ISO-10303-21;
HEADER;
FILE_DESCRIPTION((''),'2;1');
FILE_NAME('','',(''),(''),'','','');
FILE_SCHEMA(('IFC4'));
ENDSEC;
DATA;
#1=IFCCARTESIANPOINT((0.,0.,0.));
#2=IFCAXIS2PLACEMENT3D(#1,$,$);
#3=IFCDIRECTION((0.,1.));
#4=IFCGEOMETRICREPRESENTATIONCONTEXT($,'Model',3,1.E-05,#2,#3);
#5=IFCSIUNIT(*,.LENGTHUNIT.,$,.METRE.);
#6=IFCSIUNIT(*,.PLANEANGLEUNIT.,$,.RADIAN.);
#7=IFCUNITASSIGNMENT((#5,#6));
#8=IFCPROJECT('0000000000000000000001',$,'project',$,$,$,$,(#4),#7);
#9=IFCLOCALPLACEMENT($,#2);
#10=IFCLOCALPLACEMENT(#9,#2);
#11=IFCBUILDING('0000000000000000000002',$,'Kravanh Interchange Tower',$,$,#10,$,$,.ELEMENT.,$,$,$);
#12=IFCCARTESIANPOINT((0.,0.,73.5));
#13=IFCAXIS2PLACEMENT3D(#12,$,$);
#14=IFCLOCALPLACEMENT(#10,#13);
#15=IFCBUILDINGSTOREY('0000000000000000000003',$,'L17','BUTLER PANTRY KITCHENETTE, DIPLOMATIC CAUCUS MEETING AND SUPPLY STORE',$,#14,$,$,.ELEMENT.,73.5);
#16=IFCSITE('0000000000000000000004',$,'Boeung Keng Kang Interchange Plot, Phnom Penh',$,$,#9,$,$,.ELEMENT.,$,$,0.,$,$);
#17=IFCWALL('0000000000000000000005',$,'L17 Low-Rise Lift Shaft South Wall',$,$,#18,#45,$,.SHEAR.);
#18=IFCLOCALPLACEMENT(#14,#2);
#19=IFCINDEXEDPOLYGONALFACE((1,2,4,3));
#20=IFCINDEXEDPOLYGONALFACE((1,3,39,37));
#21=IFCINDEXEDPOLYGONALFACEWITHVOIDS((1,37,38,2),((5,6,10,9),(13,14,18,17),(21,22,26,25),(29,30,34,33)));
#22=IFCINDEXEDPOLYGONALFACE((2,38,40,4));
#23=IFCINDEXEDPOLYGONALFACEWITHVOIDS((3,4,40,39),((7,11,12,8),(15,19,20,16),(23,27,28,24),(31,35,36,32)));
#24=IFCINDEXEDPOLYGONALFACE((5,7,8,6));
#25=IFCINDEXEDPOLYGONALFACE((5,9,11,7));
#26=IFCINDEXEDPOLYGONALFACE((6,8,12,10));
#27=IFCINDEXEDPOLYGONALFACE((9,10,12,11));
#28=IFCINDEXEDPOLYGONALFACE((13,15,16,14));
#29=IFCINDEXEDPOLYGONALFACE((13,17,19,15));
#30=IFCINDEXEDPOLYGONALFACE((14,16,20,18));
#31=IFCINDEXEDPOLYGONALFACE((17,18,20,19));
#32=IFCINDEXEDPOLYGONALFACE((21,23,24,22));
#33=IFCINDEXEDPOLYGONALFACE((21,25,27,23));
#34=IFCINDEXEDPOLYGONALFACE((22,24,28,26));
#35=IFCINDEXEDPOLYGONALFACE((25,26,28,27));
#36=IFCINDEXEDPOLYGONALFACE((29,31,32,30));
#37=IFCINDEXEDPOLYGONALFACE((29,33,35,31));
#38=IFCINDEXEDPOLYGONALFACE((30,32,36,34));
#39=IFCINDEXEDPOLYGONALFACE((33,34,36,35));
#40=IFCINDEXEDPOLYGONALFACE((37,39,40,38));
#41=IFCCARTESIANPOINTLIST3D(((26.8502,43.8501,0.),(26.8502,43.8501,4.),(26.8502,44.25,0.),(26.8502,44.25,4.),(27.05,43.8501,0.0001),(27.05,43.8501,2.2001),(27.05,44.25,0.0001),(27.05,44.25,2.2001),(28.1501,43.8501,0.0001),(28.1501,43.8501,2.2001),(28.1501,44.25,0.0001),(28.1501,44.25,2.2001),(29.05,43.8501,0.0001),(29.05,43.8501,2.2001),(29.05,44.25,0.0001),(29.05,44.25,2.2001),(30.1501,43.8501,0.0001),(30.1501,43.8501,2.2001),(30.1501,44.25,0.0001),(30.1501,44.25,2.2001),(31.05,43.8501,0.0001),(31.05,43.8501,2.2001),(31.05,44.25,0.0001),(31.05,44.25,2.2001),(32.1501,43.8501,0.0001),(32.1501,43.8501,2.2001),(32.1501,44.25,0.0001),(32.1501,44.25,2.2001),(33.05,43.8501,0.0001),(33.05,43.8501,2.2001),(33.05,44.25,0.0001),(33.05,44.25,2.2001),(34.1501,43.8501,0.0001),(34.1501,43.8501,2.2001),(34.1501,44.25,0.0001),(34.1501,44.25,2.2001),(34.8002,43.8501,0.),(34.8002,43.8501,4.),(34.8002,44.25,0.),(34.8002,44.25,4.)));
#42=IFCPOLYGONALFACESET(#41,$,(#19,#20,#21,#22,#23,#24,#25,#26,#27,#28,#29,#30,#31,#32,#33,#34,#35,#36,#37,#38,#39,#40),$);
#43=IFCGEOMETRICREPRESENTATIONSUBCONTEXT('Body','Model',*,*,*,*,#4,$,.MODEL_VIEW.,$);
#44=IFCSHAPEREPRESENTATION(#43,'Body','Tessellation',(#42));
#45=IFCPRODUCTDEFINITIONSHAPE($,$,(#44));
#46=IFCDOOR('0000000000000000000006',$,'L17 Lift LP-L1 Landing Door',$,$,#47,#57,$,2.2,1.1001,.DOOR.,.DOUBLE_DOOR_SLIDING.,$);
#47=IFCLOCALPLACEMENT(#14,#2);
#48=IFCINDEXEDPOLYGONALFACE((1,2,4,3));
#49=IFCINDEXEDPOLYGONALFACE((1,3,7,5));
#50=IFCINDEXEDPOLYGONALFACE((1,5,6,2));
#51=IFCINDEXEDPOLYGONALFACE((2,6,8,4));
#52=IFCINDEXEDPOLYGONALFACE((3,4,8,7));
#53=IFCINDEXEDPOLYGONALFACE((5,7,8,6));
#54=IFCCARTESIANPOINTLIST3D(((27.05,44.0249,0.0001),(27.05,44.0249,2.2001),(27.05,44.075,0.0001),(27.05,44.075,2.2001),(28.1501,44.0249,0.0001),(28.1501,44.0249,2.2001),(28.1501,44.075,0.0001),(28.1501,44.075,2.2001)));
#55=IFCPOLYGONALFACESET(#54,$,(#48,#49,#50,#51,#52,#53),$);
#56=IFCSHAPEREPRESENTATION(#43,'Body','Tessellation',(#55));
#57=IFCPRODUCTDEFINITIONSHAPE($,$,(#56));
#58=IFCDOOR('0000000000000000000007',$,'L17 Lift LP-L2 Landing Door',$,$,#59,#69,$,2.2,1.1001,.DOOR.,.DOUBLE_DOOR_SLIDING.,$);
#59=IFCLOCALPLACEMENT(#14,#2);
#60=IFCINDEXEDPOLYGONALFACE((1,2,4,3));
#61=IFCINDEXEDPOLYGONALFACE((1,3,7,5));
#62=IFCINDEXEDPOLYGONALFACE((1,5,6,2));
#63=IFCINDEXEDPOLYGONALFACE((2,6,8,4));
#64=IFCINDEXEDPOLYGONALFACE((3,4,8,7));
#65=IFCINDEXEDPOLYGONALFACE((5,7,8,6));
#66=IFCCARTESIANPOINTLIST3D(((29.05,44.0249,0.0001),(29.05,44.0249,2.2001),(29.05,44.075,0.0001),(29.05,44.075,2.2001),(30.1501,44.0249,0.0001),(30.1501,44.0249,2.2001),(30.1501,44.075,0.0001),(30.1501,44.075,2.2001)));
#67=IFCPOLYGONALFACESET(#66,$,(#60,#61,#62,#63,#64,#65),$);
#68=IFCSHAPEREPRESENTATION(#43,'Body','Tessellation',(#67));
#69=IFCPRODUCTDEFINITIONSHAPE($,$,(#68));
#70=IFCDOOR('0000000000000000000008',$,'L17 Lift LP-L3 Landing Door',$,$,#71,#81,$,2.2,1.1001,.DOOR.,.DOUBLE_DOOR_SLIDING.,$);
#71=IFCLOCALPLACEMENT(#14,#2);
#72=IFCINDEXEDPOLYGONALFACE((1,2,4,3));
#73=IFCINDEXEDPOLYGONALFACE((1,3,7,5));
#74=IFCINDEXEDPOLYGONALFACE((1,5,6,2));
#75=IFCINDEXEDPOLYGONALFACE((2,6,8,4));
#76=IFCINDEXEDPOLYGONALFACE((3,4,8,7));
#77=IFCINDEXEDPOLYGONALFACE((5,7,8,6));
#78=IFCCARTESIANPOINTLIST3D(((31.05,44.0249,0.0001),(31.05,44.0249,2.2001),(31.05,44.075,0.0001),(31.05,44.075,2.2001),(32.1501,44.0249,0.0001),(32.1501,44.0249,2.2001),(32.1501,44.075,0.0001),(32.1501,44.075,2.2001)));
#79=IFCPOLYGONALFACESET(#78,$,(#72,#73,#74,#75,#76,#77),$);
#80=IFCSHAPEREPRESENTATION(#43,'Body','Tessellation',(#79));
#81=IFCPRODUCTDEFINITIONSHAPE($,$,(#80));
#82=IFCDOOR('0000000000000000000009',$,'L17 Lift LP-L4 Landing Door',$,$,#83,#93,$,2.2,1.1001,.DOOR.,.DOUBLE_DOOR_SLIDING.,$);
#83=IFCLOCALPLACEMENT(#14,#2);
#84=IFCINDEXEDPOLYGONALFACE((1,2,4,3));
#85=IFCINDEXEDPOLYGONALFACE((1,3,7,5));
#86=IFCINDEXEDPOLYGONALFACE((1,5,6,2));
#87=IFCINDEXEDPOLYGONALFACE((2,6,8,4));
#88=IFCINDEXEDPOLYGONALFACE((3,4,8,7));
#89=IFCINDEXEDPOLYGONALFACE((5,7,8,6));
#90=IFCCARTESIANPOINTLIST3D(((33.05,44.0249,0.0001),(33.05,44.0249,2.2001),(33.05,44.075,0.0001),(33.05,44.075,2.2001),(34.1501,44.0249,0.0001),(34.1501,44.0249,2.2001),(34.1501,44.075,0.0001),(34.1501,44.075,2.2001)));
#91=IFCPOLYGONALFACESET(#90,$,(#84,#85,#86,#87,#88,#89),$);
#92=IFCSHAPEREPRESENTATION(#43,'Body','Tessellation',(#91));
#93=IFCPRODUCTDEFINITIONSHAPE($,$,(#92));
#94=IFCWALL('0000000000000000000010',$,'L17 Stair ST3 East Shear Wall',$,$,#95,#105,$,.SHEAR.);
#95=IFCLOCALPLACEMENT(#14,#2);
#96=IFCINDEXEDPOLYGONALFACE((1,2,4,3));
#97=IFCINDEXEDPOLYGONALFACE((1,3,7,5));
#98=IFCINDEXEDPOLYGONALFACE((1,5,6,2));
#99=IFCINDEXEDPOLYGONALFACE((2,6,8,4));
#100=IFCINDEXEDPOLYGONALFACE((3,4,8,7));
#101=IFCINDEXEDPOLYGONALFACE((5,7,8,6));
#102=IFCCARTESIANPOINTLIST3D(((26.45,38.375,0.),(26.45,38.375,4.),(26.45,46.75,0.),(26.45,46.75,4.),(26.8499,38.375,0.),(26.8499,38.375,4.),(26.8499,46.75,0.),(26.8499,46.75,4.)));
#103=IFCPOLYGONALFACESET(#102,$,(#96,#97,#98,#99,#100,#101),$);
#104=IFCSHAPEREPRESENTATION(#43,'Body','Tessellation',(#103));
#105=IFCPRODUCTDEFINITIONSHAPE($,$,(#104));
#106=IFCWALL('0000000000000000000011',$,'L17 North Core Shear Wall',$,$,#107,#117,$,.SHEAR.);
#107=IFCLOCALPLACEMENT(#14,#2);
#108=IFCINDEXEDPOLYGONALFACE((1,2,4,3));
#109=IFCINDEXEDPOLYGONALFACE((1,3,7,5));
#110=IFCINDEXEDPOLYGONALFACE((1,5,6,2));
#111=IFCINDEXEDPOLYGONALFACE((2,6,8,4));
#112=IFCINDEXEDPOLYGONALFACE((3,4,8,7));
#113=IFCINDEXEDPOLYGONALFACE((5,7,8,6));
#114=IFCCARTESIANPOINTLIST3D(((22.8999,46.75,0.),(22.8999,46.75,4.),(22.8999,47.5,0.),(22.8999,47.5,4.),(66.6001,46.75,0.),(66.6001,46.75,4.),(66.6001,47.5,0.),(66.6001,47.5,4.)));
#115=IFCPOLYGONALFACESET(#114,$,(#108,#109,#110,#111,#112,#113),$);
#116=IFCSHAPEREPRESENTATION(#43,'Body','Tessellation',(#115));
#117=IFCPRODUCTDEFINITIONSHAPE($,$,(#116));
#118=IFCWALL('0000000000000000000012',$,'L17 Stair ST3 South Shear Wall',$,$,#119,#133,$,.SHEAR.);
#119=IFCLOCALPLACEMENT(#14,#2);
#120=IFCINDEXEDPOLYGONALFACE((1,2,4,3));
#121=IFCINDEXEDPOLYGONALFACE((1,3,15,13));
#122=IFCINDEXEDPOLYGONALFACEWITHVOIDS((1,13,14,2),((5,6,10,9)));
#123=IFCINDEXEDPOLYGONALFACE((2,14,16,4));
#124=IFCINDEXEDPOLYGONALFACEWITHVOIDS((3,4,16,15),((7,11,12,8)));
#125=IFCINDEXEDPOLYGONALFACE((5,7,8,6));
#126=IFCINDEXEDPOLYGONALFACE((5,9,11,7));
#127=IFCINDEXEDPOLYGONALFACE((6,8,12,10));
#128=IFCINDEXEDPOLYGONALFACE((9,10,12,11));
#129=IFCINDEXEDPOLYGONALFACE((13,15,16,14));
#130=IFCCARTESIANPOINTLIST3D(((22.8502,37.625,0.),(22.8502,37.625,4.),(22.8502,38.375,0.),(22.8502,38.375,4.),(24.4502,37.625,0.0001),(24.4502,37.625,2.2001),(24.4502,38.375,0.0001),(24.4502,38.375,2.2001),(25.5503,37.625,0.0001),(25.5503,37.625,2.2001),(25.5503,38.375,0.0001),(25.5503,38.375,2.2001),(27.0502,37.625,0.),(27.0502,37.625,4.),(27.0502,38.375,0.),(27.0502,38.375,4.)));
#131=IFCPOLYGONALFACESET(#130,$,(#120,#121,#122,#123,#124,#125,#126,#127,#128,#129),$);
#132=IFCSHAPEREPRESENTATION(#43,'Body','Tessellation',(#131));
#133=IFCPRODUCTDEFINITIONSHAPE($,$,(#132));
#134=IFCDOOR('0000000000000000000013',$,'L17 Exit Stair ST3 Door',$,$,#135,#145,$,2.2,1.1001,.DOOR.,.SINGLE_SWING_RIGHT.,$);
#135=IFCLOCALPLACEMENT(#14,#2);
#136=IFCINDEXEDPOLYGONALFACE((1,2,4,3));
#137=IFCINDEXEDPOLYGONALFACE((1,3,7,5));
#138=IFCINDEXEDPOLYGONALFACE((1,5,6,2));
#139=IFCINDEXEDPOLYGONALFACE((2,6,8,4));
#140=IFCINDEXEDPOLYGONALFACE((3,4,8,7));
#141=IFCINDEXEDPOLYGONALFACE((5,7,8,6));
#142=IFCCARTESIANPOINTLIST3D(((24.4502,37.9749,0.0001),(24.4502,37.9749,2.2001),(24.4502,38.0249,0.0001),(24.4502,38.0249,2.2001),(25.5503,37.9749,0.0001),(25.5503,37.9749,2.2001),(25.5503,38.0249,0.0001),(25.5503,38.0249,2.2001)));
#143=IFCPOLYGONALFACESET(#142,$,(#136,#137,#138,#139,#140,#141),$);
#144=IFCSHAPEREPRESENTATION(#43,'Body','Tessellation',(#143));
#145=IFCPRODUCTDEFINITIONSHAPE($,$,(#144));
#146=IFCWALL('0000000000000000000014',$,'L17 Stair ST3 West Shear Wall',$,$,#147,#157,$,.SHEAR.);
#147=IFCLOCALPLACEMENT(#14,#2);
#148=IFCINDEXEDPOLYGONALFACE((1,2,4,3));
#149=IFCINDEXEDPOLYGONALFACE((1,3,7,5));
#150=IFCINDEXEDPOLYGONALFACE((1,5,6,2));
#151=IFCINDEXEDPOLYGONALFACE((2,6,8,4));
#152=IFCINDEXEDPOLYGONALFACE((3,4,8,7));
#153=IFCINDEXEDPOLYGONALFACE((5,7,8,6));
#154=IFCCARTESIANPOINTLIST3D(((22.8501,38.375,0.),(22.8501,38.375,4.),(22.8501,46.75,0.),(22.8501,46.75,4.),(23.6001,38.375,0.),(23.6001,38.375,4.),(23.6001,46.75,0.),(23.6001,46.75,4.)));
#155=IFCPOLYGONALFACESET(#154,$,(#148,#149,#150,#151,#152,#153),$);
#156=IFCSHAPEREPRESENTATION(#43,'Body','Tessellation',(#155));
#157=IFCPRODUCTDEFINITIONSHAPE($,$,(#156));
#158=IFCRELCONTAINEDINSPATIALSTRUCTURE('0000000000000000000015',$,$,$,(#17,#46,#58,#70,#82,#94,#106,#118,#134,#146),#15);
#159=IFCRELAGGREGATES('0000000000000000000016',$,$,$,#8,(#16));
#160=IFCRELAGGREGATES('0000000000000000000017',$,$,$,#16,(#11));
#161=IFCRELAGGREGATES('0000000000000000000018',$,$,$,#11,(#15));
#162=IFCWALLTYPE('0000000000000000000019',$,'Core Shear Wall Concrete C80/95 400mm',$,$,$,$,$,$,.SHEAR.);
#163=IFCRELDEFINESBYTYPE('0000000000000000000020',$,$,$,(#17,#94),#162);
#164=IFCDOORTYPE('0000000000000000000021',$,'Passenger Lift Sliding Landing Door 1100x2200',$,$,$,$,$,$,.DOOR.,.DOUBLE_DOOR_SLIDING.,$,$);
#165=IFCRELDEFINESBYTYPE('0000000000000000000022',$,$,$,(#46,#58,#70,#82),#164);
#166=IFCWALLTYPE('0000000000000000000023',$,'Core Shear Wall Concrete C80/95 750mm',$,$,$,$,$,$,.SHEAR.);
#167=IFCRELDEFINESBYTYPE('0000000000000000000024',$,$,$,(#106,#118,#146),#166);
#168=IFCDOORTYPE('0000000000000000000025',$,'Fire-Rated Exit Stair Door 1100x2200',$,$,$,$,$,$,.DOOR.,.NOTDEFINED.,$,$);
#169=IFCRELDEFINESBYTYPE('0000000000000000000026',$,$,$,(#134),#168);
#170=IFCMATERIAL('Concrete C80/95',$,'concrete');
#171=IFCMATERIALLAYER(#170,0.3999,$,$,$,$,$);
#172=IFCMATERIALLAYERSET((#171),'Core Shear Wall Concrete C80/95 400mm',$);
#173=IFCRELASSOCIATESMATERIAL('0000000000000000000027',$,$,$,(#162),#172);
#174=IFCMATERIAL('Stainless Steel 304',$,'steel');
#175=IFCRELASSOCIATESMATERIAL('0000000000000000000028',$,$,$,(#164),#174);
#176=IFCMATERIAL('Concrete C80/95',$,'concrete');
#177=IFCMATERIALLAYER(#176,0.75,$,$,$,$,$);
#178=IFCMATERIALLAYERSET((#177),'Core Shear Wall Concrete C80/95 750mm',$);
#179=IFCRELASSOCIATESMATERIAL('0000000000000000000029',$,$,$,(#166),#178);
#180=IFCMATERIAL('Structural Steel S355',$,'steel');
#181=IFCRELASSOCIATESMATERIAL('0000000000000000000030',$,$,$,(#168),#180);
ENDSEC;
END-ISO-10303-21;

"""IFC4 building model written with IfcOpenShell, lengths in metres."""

from ifc_helpers import new_model, si_unit, direction, frame, frame_2d, origin, place, context, subcontext, project, spatial, rectangle, extrude, material, layer, layer_set, type_object, element, fill, save


model = new_model("IFC4")

# Units and contexts
model_context = context("Model", 3, precision=1e-05, world=origin(), true_north=direction((0.0, 1.0)))
body_context = subcontext(model_context, "Body", "Model", "MODEL_VIEW")
ifc_project = project(units=[si_unit("LENGTHUNIT", "METRE"), si_unit("PLANEANGLEUNIT", "RADIAN")], contexts=[model_context])

# Site, building, storey
site_placement = place(None, origin())
site = spatial("IfcSite", under=ifc_project, at=site_placement, Name="Boeung Keng Kang Interchange Plot, Phnom Penh", CompositionType="ELEMENT", RefElevation=0.0)
building_placement = place(site_placement, origin())
building = spatial("IfcBuilding", under=site, at=building_placement, Name="Kravanh Interchange Tower", CompositionType="ELEMENT")
storey_placement = place(building_placement, frame((0.0, 0.0, 73.5)))
storey = spatial("IfcBuildingStorey", under=building, at=storey_placement, Name="L17", Description="BUTLER PANTRY KITCHENETTE, DIPLOMATIC CAUCUS MEETING AND SUPPLY STORE", CompositionType="ELEMENT", Elevation=73.5)

# Wall, openings, doors
ifc_material_1 = material(Name="Concrete C80/95", Category="concrete")
ifc_layer_1 = layer(ifc_material_1, 0.3999)
ifc_layer_set_1 = layer_set([ifc_layer_1], Name="Core Shear Wall Concrete C80/95 400mm")
wall_type_1 = type_object("IfcWallType", Name="Core Shear Wall Concrete C80/95 400mm", PredefinedType="SHEAR", material=ifc_layer_set_1)
wall_1_placement = place(storey_placement, frame((26.8501, 44.05, 0.0), z_axis=(0.0, 0.0, 1.0), x_axis=(1.0, 0.0, 0.0)))
wall_1 = element("IfcWall", 1, at=wall_1_placement, inside=storey, type_object=wall_type_1, Name="L17 Low-Rise Lift Shaft South Wall", PredefinedType="SHEAR", context=body_context, shape_type="SweptSolid", body=[
    extrude(rectangle(XDim=7.95, YDim=0.3999, at=frame_2d((3.9751, 0.0))), origin(), (0.0, 0.0, 1.0), 4.0),
])
opening_1_placement = place(wall_1_placement, frame((0.2, 0.0, 0.0)))
opening_1 = element("IfcOpeningElement", 2, at=opening_1_placement, cuts=wall_1, PredefinedType="OPENING", context=body_context, shape_type="SweptSolid", body=[
    extrude(rectangle(XDim=1.1001, YDim=2.2, at=frame_2d((0.55, 1.1001))), frame((0.0, 0.21, 0.0), z_axis=(0.0, -1.0, 0.0), x_axis=(1.0, 0.0, 0.0)), (0.0, 0.0, 1.0), 0.4199),
])
opening_2_placement = place(wall_1_placement, frame((2.2, 0.0, 0.0)))
opening_2 = element("IfcOpeningElement", 3, at=opening_2_placement, cuts=wall_1, PredefinedType="OPENING", context=body_context, shape_type="SweptSolid", body=[
    extrude(rectangle(XDim=1.1001, YDim=2.2, at=frame_2d((0.55, 1.1001))), frame((0.0, 0.21, 0.0), z_axis=(0.0, -1.0, 0.0), x_axis=(1.0, 0.0, 0.0)), (0.0, 0.0, 1.0), 0.4199),
])
opening_3_placement = place(wall_1_placement, frame((4.2, 0.0, 0.0)))
opening_3 = element("IfcOpeningElement", 4, at=opening_3_placement, cuts=wall_1, PredefinedType="OPENING", context=body_context, shape_type="SweptSolid", body=[
    extrude(rectangle(XDim=1.1001, YDim=2.2, at=frame_2d((0.55, 1.1001))), frame((0.0, 0.21, 0.0), z_axis=(0.0, -1.0, 0.0), x_axis=(1.0, 0.0, 0.0)), (0.0, 0.0, 1.0), 0.4199),
])
opening_4_placement = place(wall_1_placement, frame((6.2, 0.0, 0.0)))
opening_4 = element("IfcOpeningElement", 5, at=opening_4_placement, cuts=wall_1, PredefinedType="OPENING", context=body_context, shape_type="SweptSolid", body=[
    extrude(rectangle(XDim=1.1001, YDim=2.2, at=frame_2d((0.55, 1.1001))), frame((0.0, 0.21, 0.0), z_axis=(0.0, -1.0, 0.0), x_axis=(1.0, 0.0, 0.0)), (0.0, 0.0, 1.0), 0.4199),
])
ifc_material_2 = material(Name="Stainless Steel 304", Category="steel")
door_type_1 = type_object("IfcDoorType", Name="Passenger Lift Sliding Landing Door 1100x2200", OperationType="DOUBLE_DOOR_SLIDING", PredefinedType="DOOR", material=ifc_material_2)
door_1_placement = place(opening_1_placement, origin())
door_1 = element("IfcDoor", 6, at=door_1_placement, inside=storey, type_object=door_type_1, Name="L17 Lift LP-L1 Landing Door", OperationType="DOUBLE_DOOR_SLIDING", OverallHeight=2.2, OverallWidth=1.1001, PredefinedType="DOOR", context=body_context, shape_type="SweptSolid", body=[
    extrude(rectangle(XDim=1.1001, YDim=2.2, at=frame_2d((0.55, 1.1001))), frame((0.0, 0.0249, 0.0), z_axis=(0.0, -1.0, 0.0), x_axis=(1.0, 0.0, 0.0)), (0.0, 0.0, 1.0), 0.05),
])
fill(opening_1, door_1)
door_2_placement = place(opening_2_placement, origin())
door_2 = element("IfcDoor", 7, at=door_2_placement, inside=storey, type_object=door_type_1, Name="L17 Lift LP-L2 Landing Door", OperationType="DOUBLE_DOOR_SLIDING", OverallHeight=2.2, OverallWidth=1.1001, PredefinedType="DOOR", context=body_context, shape_type="SweptSolid", body=[
    extrude(rectangle(XDim=1.1001, YDim=2.2, at=frame_2d((0.55, 1.1001))), frame((0.0, 0.0249, 0.0), z_axis=(0.0, -1.0, 0.0), x_axis=(1.0, 0.0, 0.0)), (0.0, 0.0, 1.0), 0.05),
])
fill(opening_2, door_2)
door_3_placement = place(opening_3_placement, origin())
door_3 = element("IfcDoor", 8, at=door_3_placement, inside=storey, type_object=door_type_1, Name="L17 Lift LP-L3 Landing Door", OperationType="DOUBLE_DOOR_SLIDING", OverallHeight=2.2, OverallWidth=1.1001, PredefinedType="DOOR", context=body_context, shape_type="SweptSolid", body=[
    extrude(rectangle(XDim=1.1001, YDim=2.2, at=frame_2d((0.55, 1.1001))), frame((0.0, 0.0249, 0.0), z_axis=(0.0, -1.0, 0.0), x_axis=(1.0, 0.0, 0.0)), (0.0, 0.0, 1.0), 0.05),
])
fill(opening_3, door_3)
door_4_placement = place(opening_4_placement, origin())
door_4 = element("IfcDoor", 9, at=door_4_placement, inside=storey, type_object=door_type_1, Name="L17 Lift LP-L4 Landing Door", OperationType="DOUBLE_DOOR_SLIDING", OverallHeight=2.2, OverallWidth=1.1001, PredefinedType="DOOR", context=body_context, shape_type="SweptSolid", body=[
    extrude(rectangle(XDim=1.1001, YDim=2.2, at=frame_2d((0.55, 1.1001))), frame((0.0, 0.0249, 0.0), z_axis=(0.0, -1.0, 0.0), x_axis=(1.0, 0.0, 0.0)), (0.0, 0.0, 1.0), 0.05),
])
fill(opening_4, door_4)

# Walls
wall_2_placement = place(storey_placement, frame((26.6499, 38.375, 0.0), z_axis=(0.0, 0.0, 1.0), x_axis=(0.0, 1.0, 0.0)))
element("IfcWall", 10, at=wall_2_placement, inside=storey, type_object=wall_type_1, Name="L17 Stair ST3 East Shear Wall", PredefinedType="SHEAR", context=body_context, shape_type="SweptSolid", body=[
    extrude(rectangle(XDim=8.375, YDim=0.3999, at=frame_2d((4.1875, 0.0))), origin(), (0.0, 0.0, 1.0), 4.0),
])
ifc_material_3 = material(Name="Concrete C80/95", Category="concrete")
ifc_layer_2 = layer(ifc_material_3, 0.75)
ifc_layer_set_2 = layer_set([ifc_layer_2], Name="Core Shear Wall Concrete C80/95 750mm")
wall_type_2 = type_object("IfcWallType", Name="Core Shear Wall Concrete C80/95 750mm", PredefinedType="SHEAR", material=ifc_layer_set_2)
wall_3_placement = place(storey_placement, frame((22.8999, 47.125, 0.0), z_axis=(0.0, 0.0, 1.0), x_axis=(1.0, 0.0, 0.0)))
element("IfcWall", 11, at=wall_3_placement, inside=storey, type_object=wall_type_2, Name="L17 North Core Shear Wall", PredefinedType="SHEAR", context=body_context, shape_type="SweptSolid", body=[
    extrude(rectangle(XDim=43.7002, YDim=0.75, at=frame_2d((21.8501, 0.0))), origin(), (0.0, 0.0, 1.0), 4.0),
])

# Wall, opening, door
wall_4_placement = place(storey_placement, frame((22.8501, 38.0, 0.0), z_axis=(0.0, 0.0, 1.0), x_axis=(1.0, 0.0, 0.0)))
wall_4 = element("IfcWall", 12, at=wall_4_placement, inside=storey, type_object=wall_type_2, Name="L17 Stair ST3 South Shear Wall", PredefinedType="SHEAR", context=body_context, shape_type="SweptSolid", body=[
    extrude(rectangle(XDim=4.2, YDim=0.75, at=frame_2d((2.1001, 0.0))), origin(), (0.0, 0.0, 1.0), 4.0),
])
opening_5_placement = place(wall_4_placement, frame((1.6001, 0.0, 0.0)))
opening_5 = element("IfcOpeningElement", 13, at=opening_5_placement, cuts=wall_4, PredefinedType="OPENING", context=body_context, shape_type="SweptSolid", body=[
    extrude(rectangle(XDim=1.1001, YDim=2.2, at=frame_2d((0.55, 1.1001))), frame((0.0, 0.385, 0.0), z_axis=(0.0, -1.0, 0.0), x_axis=(1.0, 0.0, 0.0)), (0.0, 0.0, 1.0), 0.77),
])
ifc_material_4 = material(Name="Structural Steel S355", Category="steel")
door_type_2 = type_object("IfcDoorType", Name="Fire-Rated Exit Stair Door 1100x2200", OperationType="NOTDEFINED", PredefinedType="DOOR", material=ifc_material_4)
door_5_placement = place(opening_5_placement, origin())
door_5 = element("IfcDoor", 14, at=door_5_placement, inside=storey, type_object=door_type_2, Name="L17 Exit Stair ST3 Door", OperationType="SINGLE_SWING_RIGHT", OverallHeight=2.2, OverallWidth=1.1001, PredefinedType="DOOR", context=body_context, shape_type="SweptSolid", body=[
    extrude(rectangle(XDim=1.1001, YDim=2.2, at=frame_2d((0.55, 1.1001))), frame((0.0, 0.0249, 0.0), z_axis=(0.0, -1.0, 0.0), x_axis=(1.0, 0.0, 0.0)), (0.0, 0.0, 1.0), 0.05),
])
fill(opening_5, door_5)

# Wall
wall_5_placement = place(storey_placement, frame((23.2251, 38.375, 0.0), z_axis=(0.0, 0.0, 1.0), x_axis=(0.0, 1.0, 0.0)))
element("IfcWall", 15, at=wall_5_placement, inside=storey, type_object=wall_type_2, Name="L17 Stair ST3 West Shear Wall", PredefinedType="SHEAR", context=body_context, shape_type="SweptSolid", body=[
    extrude(rectangle(XDim=8.375, YDim=0.75, at=frame_2d((4.1875, 0.0))), origin(), (0.0, 0.0, 1.0), 4.0),
])

save(model, "model.ifc")
